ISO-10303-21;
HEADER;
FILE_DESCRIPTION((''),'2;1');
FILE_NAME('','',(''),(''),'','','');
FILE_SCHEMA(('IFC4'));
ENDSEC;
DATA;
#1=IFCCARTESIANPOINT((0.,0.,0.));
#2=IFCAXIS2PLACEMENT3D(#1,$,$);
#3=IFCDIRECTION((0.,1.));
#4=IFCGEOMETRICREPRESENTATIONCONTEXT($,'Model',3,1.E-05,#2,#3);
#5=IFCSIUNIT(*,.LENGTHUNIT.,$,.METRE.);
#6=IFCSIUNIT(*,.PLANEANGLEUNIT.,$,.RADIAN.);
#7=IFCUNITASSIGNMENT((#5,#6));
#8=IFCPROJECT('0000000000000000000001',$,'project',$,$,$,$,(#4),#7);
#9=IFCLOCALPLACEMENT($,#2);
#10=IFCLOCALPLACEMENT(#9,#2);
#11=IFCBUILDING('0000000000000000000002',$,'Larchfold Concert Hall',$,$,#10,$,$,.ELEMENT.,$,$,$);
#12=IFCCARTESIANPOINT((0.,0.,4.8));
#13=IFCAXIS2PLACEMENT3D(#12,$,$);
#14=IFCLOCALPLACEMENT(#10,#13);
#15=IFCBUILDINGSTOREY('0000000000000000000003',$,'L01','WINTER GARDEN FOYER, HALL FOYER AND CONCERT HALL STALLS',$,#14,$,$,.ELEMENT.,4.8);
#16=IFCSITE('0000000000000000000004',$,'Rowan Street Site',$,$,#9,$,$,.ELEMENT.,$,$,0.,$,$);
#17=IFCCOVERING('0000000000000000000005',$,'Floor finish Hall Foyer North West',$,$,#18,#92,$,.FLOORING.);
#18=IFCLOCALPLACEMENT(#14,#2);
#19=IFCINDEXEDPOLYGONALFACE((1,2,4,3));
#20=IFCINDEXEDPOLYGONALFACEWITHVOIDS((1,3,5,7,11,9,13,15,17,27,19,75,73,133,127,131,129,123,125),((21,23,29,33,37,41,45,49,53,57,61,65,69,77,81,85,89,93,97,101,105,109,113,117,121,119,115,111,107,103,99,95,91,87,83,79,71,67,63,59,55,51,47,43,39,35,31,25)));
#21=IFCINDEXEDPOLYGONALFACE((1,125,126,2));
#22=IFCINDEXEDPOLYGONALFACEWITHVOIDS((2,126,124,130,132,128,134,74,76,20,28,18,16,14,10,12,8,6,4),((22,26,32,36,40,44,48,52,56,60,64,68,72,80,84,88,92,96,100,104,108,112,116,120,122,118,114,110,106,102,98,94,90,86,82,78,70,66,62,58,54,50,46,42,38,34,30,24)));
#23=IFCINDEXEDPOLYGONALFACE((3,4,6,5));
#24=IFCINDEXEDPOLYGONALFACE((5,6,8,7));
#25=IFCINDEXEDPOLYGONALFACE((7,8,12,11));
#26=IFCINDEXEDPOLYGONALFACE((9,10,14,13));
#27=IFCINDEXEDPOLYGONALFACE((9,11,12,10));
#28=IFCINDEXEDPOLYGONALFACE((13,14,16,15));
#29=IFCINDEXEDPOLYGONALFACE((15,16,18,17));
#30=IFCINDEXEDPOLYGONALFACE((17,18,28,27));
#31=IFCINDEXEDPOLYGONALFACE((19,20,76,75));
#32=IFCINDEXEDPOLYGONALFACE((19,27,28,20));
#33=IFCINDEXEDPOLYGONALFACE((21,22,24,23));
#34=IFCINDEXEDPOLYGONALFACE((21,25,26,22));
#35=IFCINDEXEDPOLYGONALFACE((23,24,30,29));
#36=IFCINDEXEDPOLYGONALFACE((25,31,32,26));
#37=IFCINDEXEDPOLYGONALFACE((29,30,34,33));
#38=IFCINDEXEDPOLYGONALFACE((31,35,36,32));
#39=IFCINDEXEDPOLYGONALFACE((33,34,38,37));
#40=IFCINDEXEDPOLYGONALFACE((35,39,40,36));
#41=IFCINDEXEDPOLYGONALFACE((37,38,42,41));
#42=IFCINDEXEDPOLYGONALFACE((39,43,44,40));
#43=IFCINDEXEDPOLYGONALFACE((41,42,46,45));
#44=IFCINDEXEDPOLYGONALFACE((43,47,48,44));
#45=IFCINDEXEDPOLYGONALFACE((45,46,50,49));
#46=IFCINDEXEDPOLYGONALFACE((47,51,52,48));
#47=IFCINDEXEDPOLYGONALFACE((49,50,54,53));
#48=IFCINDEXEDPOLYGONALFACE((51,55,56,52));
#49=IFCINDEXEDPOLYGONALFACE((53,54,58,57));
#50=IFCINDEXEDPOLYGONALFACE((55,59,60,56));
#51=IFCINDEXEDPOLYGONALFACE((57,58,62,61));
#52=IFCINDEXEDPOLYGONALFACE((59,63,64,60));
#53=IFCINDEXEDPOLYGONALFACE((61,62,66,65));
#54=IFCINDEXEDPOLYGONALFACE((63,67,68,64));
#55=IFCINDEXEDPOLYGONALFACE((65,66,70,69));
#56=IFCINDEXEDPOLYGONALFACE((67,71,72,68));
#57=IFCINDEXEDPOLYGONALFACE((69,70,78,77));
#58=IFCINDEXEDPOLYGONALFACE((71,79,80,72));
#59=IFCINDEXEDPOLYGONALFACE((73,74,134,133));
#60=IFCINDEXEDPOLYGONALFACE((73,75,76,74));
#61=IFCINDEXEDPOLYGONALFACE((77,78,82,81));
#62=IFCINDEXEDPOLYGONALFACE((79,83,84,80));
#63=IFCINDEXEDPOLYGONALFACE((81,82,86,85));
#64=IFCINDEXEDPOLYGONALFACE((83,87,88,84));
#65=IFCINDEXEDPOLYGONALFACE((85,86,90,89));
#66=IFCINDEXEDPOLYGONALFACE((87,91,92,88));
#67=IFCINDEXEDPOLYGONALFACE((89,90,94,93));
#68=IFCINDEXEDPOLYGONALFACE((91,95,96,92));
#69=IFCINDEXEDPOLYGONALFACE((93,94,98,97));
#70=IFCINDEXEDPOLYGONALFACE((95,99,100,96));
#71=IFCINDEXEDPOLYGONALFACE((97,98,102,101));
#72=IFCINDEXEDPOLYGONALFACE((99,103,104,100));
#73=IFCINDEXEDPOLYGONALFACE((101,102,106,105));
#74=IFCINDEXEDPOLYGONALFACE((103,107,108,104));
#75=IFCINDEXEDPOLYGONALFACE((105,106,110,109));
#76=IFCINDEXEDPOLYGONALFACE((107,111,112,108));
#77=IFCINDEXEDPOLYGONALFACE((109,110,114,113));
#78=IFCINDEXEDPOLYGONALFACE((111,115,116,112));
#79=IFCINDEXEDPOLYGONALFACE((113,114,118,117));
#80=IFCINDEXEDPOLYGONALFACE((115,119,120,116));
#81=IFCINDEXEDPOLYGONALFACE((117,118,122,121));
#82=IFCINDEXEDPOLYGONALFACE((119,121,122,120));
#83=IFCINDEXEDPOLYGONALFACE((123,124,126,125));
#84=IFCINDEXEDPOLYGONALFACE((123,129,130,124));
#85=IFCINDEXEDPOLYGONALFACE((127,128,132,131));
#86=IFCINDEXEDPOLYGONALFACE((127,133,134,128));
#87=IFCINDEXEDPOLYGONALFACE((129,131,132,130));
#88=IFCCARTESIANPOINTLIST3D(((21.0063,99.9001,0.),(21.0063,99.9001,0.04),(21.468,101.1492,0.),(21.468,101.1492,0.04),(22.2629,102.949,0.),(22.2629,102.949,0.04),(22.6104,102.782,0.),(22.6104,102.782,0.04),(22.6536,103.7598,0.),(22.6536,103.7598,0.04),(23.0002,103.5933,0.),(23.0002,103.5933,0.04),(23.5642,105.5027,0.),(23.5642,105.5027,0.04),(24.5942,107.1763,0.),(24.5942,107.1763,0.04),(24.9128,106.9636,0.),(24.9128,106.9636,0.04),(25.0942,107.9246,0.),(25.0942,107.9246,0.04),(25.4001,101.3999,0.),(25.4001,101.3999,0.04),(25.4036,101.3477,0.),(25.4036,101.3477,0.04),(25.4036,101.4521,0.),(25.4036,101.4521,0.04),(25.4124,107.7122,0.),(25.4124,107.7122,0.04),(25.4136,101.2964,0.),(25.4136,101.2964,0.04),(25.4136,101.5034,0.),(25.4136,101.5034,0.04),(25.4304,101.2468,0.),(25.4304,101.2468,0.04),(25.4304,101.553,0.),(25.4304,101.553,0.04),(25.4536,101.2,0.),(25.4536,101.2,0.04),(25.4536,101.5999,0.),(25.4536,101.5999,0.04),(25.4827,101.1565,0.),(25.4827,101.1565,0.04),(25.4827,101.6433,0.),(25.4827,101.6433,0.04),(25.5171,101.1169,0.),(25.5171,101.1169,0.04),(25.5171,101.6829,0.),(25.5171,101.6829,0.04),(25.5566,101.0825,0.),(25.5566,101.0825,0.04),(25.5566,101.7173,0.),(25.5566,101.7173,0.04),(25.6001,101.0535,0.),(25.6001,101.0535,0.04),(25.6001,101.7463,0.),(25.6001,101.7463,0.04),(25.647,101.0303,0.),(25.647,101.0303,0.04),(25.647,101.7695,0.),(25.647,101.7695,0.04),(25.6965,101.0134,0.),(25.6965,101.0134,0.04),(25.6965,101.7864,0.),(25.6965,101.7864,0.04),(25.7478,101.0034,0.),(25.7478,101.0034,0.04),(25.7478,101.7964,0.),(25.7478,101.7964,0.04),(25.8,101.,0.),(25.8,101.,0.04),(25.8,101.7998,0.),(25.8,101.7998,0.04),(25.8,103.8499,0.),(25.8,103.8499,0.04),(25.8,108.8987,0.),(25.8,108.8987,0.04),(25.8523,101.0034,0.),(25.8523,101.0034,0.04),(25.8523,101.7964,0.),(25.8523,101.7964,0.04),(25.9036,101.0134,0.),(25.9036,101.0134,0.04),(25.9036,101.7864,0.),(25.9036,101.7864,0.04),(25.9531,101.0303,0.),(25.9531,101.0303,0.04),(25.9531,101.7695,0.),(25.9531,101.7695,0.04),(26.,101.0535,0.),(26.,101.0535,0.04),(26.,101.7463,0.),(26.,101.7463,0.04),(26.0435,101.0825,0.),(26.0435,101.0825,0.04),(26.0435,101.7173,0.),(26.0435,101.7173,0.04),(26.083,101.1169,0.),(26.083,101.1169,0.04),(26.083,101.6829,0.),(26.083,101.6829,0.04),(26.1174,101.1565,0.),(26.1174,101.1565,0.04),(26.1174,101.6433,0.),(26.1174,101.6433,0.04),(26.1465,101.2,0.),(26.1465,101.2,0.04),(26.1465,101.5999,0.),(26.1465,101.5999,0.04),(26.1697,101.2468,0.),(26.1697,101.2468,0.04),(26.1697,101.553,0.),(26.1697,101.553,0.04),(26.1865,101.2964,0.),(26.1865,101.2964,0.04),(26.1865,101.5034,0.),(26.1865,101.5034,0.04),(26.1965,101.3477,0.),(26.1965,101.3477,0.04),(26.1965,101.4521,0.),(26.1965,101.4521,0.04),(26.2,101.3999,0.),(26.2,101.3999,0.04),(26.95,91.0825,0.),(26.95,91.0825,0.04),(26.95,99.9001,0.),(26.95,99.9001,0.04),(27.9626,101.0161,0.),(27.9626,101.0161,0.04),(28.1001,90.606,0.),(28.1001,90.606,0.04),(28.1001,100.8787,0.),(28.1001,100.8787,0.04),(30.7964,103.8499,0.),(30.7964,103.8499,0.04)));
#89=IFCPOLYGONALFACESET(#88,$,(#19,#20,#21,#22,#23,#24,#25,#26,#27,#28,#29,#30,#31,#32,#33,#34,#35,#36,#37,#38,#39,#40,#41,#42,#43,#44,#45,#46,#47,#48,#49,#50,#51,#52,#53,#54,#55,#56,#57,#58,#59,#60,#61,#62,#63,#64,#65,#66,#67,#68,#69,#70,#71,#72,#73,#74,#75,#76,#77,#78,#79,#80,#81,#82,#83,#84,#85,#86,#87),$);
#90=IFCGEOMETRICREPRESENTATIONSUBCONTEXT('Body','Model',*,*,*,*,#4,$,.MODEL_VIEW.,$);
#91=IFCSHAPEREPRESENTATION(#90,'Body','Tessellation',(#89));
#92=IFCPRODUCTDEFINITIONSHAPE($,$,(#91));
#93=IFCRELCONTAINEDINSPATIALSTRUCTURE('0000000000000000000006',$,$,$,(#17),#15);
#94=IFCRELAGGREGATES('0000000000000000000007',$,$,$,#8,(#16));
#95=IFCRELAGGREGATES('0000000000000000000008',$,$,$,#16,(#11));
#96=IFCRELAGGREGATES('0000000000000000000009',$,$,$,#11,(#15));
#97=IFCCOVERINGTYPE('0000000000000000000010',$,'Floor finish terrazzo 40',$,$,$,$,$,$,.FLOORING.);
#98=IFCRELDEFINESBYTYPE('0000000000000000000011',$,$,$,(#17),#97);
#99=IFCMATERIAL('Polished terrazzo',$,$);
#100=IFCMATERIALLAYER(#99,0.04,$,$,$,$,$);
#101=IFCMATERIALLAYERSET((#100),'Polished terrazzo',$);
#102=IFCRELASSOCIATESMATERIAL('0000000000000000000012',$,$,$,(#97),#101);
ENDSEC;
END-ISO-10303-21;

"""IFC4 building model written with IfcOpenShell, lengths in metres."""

from ifc_helpers import new_model, si_unit, direction, frame, origin, place, context, subcontext, project, spatial, polyline, outline, extrude, material, layer, layer_set, type_object, element, save


model = new_model("IFC4")

# Units and contexts
model_context = context("Model", 3, precision=1e-05, world=origin(), true_north=direction((0.0, 1.0)))
body_context = subcontext(model_context, "Body", "Model", "MODEL_VIEW")
ifc_project = project(units=[si_unit("LENGTHUNIT", "METRE"), si_unit("PLANEANGLEUNIT", "RADIAN")], contexts=[model_context])

# Site, building, storey
site_placement = place(None, origin())
site = spatial("IfcSite", under=ifc_project, at=site_placement, Name="Rowan Street Site", CompositionType="ELEMENT", RefElevation=0.0)
building_placement = place(site_placement, origin())
building = spatial("IfcBuilding", under=site, at=building_placement, Name="Larchfold Concert Hall", CompositionType="ELEMENT")
storey_placement = place(building_placement, frame((0.0, 0.0, 4.8)))
storey = spatial("IfcBuildingStorey", under=building, at=storey_placement, Name="L01", Description="WINTER GARDEN FOYER, HALL FOYER AND CONCERT HALL STALLS", CompositionType="ELEMENT", Elevation=4.8)

# Covering
ifc_material_1 = material(Name="Polished terrazzo")
ifc_layer_1 = layer(ifc_material_1, 0.04)
ifc_layer_set_1 = layer_set([ifc_layer_1], Name="Polished terrazzo")
covering_type_1 = type_object("IfcCoveringType", Name="Floor finish terrazzo 40", PredefinedType="FLOORING", material=ifc_layer_set_1)
covering_1_placement = place(storey_placement, origin())
element("IfcCovering", 1, at=covering_1_placement, inside=storey, type_object=covering_type_1, Name="Floor finish Hall Foyer North West", PredefinedType="FLOORING", context=body_context, shape_type="SweptSolid", body=[
    extrude(outline(polyline([(26.95, 99.9001), (26.95, 91.0825), (28.1001, 90.606), (28.1001, 100.8787), (27.9626, 101.0161), (30.7964, 103.8499), (25.8, 103.8499), (25.8, 108.8987), (25.0942, 107.9246), (25.4124, 107.7122), (24.9128, 106.9636), (24.5942, 107.1763), (23.5642, 105.5027), (22.6536, 103.7598), (23.0002, 103.5933), (22.6104, 102.782), (22.2629, 102.949), (21.468, 101.1492), (21.0063, 99.9001), (26.95, 99.9001)]), holes=[polyline([(25.6001, 101.0535), (25.5566, 101.0825), (25.5171, 101.1169), (25.4827, 101.1565), (25.4536, 101.2), (25.4304, 101.2468), (25.4136, 101.2964), (25.4036, 101.3477), (25.4001, 101.3999), (25.4036, 101.4521), (25.4136, 101.5034), (25.4304, 101.553), (25.4536, 101.5999), (25.4827, 101.6433), (25.5171, 101.6829), (25.5566, 101.7173), (25.6001, 101.7463), (25.647, 101.7695), (25.6965, 101.7864), (25.7478, 101.7964), (25.8, 101.7998), (25.8523, 101.7964), (25.9036, 101.7864), (25.9531, 101.7695), (26.0, 101.7463), (26.0435, 101.7173), (26.083, 101.6829), (26.1174, 101.6433), (26.1465, 101.5999), (26.1697, 101.553), (26.1865, 101.5034), (26.1965, 101.4521), (26.2, 101.3999), (26.1965, 101.3477), (26.1865, 101.2964), (26.1697, 101.2468), (26.1465, 101.2), (26.1174, 101.1565), (26.083, 101.1169), (26.0435, 101.0825), (26.0, 101.0535), (25.9531, 101.0303), (25.9036, 101.0134), (25.8523, 101.0034), (25.8, 101.0), (25.7478, 101.0034), (25.6965, 101.0134), (25.647, 101.0303), (25.6001, 101.0535)])]), origin(), (0.0, 0.0, 1.0), 0.04),
])

save(model, "model.ifc")
